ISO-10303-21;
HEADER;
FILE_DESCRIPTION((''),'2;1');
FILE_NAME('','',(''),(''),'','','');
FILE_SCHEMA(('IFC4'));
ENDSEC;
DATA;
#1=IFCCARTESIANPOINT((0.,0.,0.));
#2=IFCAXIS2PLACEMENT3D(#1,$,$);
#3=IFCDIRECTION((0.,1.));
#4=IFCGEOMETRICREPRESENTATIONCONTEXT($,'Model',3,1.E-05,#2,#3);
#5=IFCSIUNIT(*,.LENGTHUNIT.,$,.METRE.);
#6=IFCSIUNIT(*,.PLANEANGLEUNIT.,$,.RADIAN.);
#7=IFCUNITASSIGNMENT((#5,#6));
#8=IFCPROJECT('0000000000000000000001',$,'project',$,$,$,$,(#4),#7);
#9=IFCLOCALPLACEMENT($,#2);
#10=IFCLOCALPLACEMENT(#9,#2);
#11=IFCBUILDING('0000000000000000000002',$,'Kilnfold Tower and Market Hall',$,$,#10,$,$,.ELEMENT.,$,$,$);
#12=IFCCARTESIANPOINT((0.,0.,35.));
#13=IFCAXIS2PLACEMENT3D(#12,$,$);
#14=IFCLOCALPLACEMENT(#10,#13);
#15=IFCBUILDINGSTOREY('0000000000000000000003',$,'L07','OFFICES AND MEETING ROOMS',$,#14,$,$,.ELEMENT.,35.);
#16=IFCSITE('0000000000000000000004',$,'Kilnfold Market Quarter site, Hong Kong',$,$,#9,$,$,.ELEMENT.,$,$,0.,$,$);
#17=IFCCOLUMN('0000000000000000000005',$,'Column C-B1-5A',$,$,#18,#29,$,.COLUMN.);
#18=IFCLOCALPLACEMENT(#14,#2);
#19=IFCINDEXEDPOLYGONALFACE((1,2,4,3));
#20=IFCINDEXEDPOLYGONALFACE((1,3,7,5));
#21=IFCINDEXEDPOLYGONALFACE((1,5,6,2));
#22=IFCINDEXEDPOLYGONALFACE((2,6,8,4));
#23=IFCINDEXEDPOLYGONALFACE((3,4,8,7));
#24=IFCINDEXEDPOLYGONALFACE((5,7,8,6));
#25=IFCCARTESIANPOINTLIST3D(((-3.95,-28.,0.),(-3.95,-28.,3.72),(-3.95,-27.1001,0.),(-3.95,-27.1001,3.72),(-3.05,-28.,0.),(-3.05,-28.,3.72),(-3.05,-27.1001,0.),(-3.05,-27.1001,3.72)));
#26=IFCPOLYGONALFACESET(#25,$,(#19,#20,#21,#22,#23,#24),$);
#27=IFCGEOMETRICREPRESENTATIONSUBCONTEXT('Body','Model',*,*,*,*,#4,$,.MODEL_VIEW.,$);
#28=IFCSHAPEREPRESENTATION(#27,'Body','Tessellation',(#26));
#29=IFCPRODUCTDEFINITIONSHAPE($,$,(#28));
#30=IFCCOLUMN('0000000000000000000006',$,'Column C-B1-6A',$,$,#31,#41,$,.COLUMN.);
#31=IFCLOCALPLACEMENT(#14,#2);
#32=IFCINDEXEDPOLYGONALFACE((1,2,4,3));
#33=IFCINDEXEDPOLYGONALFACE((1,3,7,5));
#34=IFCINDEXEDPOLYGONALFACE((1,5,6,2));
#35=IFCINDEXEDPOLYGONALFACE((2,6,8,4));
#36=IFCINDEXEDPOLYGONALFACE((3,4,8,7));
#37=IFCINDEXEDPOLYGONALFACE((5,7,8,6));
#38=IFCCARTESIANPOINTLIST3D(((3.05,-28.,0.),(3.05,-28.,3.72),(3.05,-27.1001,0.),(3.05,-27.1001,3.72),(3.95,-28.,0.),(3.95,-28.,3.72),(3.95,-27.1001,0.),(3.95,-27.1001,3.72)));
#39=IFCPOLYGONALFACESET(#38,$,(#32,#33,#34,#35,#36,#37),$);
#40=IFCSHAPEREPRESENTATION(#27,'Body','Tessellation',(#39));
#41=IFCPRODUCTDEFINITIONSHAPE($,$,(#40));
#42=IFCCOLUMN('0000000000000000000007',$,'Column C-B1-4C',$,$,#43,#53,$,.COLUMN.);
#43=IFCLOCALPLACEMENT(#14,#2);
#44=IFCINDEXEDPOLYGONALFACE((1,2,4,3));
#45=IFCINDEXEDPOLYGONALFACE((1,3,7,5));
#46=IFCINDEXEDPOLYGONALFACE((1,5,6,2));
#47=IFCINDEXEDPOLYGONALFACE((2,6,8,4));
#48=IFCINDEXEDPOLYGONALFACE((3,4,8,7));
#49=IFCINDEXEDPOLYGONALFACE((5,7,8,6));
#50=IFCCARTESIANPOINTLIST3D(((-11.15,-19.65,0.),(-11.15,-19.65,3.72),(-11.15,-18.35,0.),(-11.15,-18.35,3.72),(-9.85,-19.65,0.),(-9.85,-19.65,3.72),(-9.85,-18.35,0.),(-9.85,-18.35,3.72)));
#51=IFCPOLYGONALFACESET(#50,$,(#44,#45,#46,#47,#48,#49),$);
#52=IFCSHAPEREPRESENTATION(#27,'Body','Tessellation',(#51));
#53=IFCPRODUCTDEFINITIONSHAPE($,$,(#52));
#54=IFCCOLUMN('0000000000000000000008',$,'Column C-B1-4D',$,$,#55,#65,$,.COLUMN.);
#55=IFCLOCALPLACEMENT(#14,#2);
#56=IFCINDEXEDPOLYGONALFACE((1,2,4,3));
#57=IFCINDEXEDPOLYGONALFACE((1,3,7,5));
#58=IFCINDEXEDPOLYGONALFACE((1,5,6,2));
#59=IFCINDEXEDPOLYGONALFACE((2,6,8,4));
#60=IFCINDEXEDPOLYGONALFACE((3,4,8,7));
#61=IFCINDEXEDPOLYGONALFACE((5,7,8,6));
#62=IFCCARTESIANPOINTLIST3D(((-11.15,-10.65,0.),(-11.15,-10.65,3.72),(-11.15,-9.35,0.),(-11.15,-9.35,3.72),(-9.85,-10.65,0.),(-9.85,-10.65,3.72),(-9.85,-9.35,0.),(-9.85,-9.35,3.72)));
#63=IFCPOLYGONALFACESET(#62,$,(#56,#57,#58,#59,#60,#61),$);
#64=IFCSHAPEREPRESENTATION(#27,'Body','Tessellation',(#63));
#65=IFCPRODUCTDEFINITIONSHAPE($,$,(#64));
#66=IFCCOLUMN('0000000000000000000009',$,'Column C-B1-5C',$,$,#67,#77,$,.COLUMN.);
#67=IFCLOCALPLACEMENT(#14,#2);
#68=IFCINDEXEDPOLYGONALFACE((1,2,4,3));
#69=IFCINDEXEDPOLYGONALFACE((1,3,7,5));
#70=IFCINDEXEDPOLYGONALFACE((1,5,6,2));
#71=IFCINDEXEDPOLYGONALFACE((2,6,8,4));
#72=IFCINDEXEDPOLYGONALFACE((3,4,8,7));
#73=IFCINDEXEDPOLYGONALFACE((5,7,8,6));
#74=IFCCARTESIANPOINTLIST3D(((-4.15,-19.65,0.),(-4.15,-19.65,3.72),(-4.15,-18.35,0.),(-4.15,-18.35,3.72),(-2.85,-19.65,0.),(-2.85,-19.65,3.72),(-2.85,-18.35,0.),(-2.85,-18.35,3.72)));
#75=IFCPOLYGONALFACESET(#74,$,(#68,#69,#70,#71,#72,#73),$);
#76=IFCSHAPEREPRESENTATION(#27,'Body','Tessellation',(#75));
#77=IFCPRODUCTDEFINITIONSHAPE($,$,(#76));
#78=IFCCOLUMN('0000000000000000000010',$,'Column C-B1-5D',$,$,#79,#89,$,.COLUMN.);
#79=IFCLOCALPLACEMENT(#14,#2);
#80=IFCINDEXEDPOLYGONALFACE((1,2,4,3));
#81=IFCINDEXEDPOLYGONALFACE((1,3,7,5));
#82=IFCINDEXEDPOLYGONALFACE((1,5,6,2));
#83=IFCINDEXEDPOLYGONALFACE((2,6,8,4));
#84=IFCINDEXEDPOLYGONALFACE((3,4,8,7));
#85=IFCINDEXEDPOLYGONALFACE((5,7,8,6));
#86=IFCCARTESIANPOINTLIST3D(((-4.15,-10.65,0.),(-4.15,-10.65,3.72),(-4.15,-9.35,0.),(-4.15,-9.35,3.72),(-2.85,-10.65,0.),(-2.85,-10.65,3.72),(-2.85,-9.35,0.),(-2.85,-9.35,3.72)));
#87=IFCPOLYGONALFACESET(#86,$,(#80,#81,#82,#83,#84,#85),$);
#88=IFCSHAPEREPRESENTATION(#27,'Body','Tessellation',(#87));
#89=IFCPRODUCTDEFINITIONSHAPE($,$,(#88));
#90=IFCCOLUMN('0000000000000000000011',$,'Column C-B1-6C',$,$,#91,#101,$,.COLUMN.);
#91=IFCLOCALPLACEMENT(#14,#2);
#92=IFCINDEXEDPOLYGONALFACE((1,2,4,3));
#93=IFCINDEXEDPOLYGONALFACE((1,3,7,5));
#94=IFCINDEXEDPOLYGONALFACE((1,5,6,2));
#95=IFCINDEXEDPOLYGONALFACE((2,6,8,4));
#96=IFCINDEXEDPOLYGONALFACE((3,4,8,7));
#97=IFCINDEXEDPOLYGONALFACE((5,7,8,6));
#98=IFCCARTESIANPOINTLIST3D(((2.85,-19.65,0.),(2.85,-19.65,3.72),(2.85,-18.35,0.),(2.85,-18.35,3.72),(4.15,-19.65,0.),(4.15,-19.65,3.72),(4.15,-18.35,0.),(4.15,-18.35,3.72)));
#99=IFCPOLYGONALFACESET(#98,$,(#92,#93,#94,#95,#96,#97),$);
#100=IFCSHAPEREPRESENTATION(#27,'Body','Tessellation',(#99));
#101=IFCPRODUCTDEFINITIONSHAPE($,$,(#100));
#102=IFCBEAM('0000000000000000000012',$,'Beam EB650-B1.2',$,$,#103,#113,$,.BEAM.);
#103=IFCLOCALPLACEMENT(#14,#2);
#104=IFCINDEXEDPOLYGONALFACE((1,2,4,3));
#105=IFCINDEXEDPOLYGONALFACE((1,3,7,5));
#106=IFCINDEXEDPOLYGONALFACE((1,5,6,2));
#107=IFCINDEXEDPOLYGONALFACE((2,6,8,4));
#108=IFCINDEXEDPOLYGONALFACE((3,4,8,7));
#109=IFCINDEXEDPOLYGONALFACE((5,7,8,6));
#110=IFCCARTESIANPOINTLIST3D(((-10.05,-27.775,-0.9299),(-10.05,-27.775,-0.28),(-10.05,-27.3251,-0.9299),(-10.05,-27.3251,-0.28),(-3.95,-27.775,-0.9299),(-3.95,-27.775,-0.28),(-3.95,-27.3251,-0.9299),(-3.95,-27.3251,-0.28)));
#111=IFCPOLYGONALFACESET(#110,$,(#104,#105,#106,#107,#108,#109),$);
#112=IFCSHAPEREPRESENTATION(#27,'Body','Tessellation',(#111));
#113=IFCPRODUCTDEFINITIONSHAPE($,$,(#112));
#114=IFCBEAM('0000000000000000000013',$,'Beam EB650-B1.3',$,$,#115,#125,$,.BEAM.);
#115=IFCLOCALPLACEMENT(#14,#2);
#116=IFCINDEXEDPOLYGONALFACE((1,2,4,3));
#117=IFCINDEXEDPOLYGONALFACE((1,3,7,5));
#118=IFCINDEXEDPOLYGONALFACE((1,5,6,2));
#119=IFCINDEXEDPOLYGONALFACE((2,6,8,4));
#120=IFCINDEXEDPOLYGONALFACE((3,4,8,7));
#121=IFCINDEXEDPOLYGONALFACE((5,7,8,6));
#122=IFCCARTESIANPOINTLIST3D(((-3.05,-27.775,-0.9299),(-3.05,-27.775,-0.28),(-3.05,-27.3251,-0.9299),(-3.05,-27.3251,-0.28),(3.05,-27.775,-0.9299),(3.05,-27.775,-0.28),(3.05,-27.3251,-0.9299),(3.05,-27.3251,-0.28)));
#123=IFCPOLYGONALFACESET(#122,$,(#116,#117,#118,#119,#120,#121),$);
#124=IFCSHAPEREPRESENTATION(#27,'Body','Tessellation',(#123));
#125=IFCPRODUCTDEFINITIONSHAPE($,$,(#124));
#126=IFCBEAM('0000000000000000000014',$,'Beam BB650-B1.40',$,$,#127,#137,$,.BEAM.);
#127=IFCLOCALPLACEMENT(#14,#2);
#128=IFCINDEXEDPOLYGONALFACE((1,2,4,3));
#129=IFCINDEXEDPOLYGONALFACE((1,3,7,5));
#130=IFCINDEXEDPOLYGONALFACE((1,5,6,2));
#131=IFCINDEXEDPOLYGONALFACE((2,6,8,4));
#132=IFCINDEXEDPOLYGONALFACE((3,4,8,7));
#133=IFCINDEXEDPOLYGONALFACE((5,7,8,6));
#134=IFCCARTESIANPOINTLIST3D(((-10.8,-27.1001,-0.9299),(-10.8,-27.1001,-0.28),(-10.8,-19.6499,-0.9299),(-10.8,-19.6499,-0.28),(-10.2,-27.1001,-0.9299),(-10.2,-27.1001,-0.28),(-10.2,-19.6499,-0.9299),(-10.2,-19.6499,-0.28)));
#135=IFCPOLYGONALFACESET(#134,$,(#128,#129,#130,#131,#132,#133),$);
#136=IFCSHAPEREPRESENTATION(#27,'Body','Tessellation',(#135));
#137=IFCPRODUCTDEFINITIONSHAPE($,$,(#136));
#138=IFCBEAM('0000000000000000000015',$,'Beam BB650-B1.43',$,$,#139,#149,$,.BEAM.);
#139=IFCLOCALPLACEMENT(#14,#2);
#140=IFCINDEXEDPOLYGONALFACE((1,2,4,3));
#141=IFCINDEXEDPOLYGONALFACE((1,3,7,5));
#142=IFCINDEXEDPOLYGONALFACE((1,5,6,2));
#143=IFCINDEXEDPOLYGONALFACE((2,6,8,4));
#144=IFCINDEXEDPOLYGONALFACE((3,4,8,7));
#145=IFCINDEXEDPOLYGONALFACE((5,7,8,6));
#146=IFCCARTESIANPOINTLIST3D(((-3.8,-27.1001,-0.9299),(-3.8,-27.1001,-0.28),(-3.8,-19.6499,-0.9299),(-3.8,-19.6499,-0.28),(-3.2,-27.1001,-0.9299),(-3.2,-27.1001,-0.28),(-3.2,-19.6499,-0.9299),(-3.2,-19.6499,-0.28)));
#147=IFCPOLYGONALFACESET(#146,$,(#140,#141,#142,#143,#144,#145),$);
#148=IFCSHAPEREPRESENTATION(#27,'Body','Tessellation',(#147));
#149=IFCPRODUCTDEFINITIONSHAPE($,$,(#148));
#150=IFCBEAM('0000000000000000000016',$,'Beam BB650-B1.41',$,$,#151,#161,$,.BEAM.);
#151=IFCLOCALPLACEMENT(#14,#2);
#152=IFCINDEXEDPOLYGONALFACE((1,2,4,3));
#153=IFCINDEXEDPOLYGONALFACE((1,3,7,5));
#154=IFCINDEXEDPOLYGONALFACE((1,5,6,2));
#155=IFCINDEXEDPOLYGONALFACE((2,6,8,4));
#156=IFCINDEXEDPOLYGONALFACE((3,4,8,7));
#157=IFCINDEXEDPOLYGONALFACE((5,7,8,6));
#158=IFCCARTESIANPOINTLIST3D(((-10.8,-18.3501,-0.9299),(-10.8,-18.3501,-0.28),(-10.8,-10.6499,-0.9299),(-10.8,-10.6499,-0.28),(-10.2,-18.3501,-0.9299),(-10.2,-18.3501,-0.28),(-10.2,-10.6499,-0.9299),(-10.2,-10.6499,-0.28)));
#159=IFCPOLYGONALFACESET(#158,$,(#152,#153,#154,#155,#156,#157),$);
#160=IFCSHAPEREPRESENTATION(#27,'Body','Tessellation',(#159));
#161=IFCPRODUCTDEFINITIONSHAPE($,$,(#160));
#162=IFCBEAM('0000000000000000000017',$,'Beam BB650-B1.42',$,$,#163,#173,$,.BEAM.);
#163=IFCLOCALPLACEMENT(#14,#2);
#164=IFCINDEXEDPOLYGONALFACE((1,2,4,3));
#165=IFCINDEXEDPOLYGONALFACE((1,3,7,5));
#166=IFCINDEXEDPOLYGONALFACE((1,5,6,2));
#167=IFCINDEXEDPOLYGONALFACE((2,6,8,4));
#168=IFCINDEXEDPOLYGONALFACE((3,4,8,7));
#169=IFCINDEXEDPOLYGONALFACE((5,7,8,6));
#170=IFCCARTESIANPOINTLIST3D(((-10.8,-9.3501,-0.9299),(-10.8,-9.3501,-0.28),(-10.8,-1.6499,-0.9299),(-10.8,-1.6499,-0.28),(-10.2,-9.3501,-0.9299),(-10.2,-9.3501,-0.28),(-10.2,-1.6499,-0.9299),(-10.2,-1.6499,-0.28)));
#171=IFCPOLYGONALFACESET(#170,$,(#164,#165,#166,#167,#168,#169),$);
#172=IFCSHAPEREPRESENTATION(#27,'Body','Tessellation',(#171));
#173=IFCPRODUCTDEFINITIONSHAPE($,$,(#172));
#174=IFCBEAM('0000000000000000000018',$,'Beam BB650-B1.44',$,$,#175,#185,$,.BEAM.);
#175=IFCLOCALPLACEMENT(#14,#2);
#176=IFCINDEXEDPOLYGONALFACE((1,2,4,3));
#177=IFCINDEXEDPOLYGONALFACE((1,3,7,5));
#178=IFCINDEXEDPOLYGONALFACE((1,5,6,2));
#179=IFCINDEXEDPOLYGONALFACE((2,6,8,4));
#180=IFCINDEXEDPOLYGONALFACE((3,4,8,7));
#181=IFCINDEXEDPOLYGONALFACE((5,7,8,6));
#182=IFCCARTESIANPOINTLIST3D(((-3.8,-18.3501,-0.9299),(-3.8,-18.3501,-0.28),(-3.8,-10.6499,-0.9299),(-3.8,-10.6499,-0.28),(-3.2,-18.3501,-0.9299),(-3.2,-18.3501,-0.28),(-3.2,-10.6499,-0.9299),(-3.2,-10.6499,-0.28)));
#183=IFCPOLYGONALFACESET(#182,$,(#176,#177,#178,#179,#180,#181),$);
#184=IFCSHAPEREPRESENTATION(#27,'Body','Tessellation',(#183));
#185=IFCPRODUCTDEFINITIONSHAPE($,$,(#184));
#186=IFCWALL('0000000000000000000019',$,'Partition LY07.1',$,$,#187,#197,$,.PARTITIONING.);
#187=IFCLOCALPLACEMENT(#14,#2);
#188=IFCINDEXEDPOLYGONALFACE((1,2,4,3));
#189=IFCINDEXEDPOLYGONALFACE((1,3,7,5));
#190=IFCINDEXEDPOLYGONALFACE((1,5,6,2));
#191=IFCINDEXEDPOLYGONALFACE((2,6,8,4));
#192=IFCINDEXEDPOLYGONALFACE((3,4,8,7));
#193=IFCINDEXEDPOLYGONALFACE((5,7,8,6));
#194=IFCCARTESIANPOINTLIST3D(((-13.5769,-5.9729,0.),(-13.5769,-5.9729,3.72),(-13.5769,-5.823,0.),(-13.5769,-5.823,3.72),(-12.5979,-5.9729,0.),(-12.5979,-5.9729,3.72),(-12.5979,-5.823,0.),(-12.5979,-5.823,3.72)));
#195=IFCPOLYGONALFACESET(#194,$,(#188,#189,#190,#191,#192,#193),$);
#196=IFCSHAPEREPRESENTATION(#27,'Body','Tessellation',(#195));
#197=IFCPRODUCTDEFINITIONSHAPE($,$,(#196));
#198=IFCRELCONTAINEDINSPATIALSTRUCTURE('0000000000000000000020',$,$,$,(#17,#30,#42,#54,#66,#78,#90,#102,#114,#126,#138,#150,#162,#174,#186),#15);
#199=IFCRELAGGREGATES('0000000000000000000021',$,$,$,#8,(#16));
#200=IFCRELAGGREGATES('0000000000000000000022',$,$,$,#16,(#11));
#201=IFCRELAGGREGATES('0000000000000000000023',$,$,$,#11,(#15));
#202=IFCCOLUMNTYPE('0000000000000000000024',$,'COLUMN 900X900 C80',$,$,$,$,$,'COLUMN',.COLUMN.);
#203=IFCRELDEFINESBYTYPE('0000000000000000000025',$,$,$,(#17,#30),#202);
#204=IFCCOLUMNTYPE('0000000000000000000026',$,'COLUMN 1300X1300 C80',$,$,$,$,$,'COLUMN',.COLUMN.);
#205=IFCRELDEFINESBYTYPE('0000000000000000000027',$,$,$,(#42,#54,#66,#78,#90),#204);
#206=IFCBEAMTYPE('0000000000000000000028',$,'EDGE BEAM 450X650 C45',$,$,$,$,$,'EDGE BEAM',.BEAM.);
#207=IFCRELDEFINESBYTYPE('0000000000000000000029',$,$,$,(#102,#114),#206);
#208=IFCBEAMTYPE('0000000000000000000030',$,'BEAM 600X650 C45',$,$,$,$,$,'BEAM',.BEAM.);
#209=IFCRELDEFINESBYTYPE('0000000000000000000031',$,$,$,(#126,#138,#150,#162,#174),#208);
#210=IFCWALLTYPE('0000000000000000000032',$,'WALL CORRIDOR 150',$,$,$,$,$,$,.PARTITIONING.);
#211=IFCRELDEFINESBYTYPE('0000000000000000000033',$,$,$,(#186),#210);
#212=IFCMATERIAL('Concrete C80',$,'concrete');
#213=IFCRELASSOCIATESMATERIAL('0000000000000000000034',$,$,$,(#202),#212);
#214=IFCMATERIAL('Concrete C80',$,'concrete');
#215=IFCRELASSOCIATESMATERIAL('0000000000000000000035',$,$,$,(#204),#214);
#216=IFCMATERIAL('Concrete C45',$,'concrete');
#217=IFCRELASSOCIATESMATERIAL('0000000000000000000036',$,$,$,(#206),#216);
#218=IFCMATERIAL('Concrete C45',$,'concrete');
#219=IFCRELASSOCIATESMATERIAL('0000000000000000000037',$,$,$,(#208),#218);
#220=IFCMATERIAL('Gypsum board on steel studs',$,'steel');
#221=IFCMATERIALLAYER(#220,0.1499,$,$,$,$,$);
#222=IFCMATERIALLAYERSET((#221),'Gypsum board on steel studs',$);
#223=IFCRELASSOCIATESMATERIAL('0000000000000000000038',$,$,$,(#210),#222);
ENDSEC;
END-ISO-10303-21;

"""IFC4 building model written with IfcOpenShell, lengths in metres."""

from ifc_helpers import new_model, si_unit, direction, frame, frame_2d, origin, origin_2d, place, context, subcontext, project, spatial, rectangle, extrude, source, transform, mapped, material, layer, layer_set, material_profile, profile_set, type_object, element, save


model = new_model("IFC4")

# Units and contexts
model_context = context("Model", 3, precision=1e-05, world=origin(), true_north=direction((0.0, 1.0)))
body_context = subcontext(model_context, "Body", "Model", "MODEL_VIEW")
ifc_project = project(units=[si_unit("LENGTHUNIT", "METRE"), si_unit("PLANEANGLEUNIT", "RADIAN")], contexts=[model_context])

# Site, building, storey
site_placement = place(None, origin())
site = spatial("IfcSite", under=ifc_project, at=site_placement, Name="Kilnfold Market Quarter site, Hong Kong", CompositionType="ELEMENT", RefElevation=0.0)
building_placement = place(site_placement, origin())
building = spatial("IfcBuilding", under=site, at=building_placement, Name="Kilnfold Tower and Market Hall", CompositionType="ELEMENT")
storey_placement = place(building_placement, frame((0.0, 0.0, 35.0)))
storey = spatial("IfcBuildingStorey", under=building, at=storey_placement, Name="L07", Description="OFFICES AND MEETING ROOMS", CompositionType="ELEMENT", Elevation=35.0)

# Columns
ifc_material_1 = material(Name="Concrete C80", Category="concrete")
ifc_material_profile_1 = material_profile(ifc_material_1, rectangle(XDim=0.8999, YDim=0.8999, at=origin_2d()), Name="RC 900x900")
ifc_profile_set_1 = profile_set([ifc_material_profile_1], Name="Concrete C80")
column_type_1 = type_object("IfcColumnType", Name="COLUMN 900X900 C80", ElementType="COLUMN", PredefinedType="COLUMN", material=ifc_profile_set_1)
shared_shape_1 = source(origin(), body_context, "Body", "SweptSolid", [
    extrude(rectangle(XDim=0.8999, YDim=0.8999, at=origin_2d()), origin(), (0.0, 0.0, 1.0), 3.72),
])
for number, where, z_axis, x_axis, name in (
    (1, (-3.5, -27.55, 0.0), (0.0, 0.0, 1.0), (1.0, 0.0, 0.0), "Column C-B1-5A"),
    (2, (3.5, -27.55, 0.0), (0.0, 0.0, 1.0), (1.0, 0.0, 0.0), "Column C-B1-6A"),
):
    element("IfcColumn", number, at=place(storey_placement, frame(where, z_axis=z_axis, x_axis=x_axis)), inside=storey, type_object=column_type_1, Name=name, PredefinedType="COLUMN", context=body_context, shape_type="MappedRepresentation", body=[
        mapped(shared_shape_1, transform((0.0, 0.0, 0.0))),
    ])
ifc_material_2 = material(Name="Concrete C80", Category="concrete")
ifc_material_profile_2 = material_profile(ifc_material_2, rectangle(XDim=1.3, YDim=1.3, at=origin_2d()), Name="RC 1300x1300")
ifc_profile_set_2 = profile_set([ifc_material_profile_2], Name="Concrete C80")
column_type_2 = type_object("IfcColumnType", Name="COLUMN 1300X1300 C80", ElementType="COLUMN", PredefinedType="COLUMN", material=ifc_profile_set_2)
shared_shape_2 = source(origin(), body_context, "Body", "SweptSolid", [
    extrude(rectangle(XDim=1.3, YDim=1.3, at=origin_2d()), origin(), (0.0, 0.0, 1.0), 3.72),
])
for number, where, z_axis, x_axis, name in (
    (3, (-10.5, -19.0, 0.0), (0.0, 0.0, 1.0), (1.0, 0.0, 0.0), "Column C-B1-4C"),
    (4, (-10.5, -10.0, 0.0), (0.0, 0.0, 1.0), (1.0, 0.0, 0.0), "Column C-B1-4D"),
    (5, (-3.5, -19.0, 0.0), (0.0, 0.0, 1.0), (1.0, 0.0, 0.0), "Column C-B1-5C"),
    (6, (-3.5, -10.0, 0.0), (0.0, 0.0, 1.0), (1.0, 0.0, 0.0), "Column C-B1-5D"),
    (7, (3.5, -19.0, 0.0), (0.0, 0.0, 1.0), (1.0, 0.0, 0.0), "Column C-B1-6C"),
):
    element("IfcColumn", number, at=place(storey_placement, frame(where, z_axis=z_axis, x_axis=x_axis)), inside=storey, type_object=column_type_2, Name=name, PredefinedType="COLUMN", context=body_context, shape_type="MappedRepresentation", body=[
        mapped(shared_shape_2, transform((0.0, 0.0, 0.0))),
    ])

# Beams
ifc_material_3 = material(Name="Concrete C45", Category="concrete")
ifc_material_profile_3 = material_profile(ifc_material_3, rectangle(XDim=0.45, YDim=0.6499, at=origin_2d()), Name="RC 450x650")
ifc_profile_set_3 = profile_set([ifc_material_profile_3], Name="Concrete C45")
beam_type_1 = type_object("IfcBeamType", Name="EDGE BEAM 450X650 C45", ElementType="EDGE BEAM", PredefinedType="BEAM", material=ifc_profile_set_3)
shared_shape_3 = source(origin(), body_context, "Body", "SweptSolid", [
    extrude(rectangle(XDim=0.45, YDim=0.6499, at=origin_2d()), origin(), (0.0, 0.0, 1.0), 6.1001),
])
for number, where, z_axis, x_axis, name in (
    (8, (-10.05, -27.55, -0.605), (1.0, 0.0, 0.0), (0.0, 1.0, 0.0), "Beam EB650-B1.2"),
    (9, (-3.05, -27.55, -0.605), (1.0, 0.0, 0.0), (0.0, 1.0, 0.0), "Beam EB650-B1.3"),
):
    element("IfcBeam", number, at=place(storey_placement, frame(where, z_axis=z_axis, x_axis=x_axis)), inside=storey, type_object=beam_type_1, Name=name, PredefinedType="BEAM", context=body_context, shape_type="MappedRepresentation", body=[
        mapped(shared_shape_3, transform((0.0, 0.0, 0.0))),
    ])
ifc_material_4 = material(Name="Concrete C45", Category="concrete")
ifc_material_profile_4 = material_profile(ifc_material_4, rectangle(XDim=0.6001, YDim=0.6499, at=origin_2d()), Name="RC 600x650")
ifc_profile_set_4 = profile_set([ifc_material_profile_4], Name="Concrete C45")
beam_type_2 = type_object("IfcBeamType", Name="BEAM 600X650 C45", ElementType="BEAM", PredefinedType="BEAM", material=ifc_profile_set_4)
shared_shape_4 = source(origin(), body_context, "Body", "SweptSolid", [
    extrude(rectangle(XDim=0.6001, YDim=0.6499, at=origin_2d()), origin(), (0.0, 0.0, 1.0), 7.4502),
])
for number, where, z_axis, x_axis, name in (
    (10, (-10.5, -27.1001, -0.605), (0.0, 1.0, 0.0), (-1.0, 0.0, 0.0), "Beam BB650-B1.40"),
    (11, (-3.5, -27.1001, -0.605), (0.0, 1.0, 0.0), (-1.0, 0.0, 0.0), "Beam BB650-B1.43"),
):
    element("IfcBeam", number, at=place(storey_placement, frame(where, z_axis=z_axis, x_axis=x_axis)), inside=storey, type_object=beam_type_2, Name=name, PredefinedType="BEAM", context=body_context, shape_type="MappedRepresentation", body=[
        mapped(shared_shape_4, transform((0.0, 0.0, 0.0))),
    ])
shared_shape_5 = source(origin(), body_context, "Body", "SweptSolid", [
    extrude(rectangle(XDim=0.6001, YDim=0.6499, at=origin_2d()), origin(), (0.0, 0.0, 1.0), 7.7002),
])
for number, where, z_axis, x_axis, name in (
    (12, (-10.5, -18.3501, -0.605), (0.0, 1.0, 0.0), (-1.0, 0.0, 0.0), "Beam BB650-B1.41"),
    (13, (-10.5, -9.3501, -0.605), (0.0, 1.0, 0.0), (-1.0, 0.0, 0.0), "Beam BB650-B1.42"),
    (14, (-3.5, -18.3501, -0.605), (0.0, 1.0, 0.0), (-1.0, 0.0, 0.0), "Beam BB650-B1.44"),
):
    element("IfcBeam", number, at=place(storey_placement, frame(where, z_axis=z_axis, x_axis=x_axis)), inside=storey, type_object=beam_type_2, Name=name, PredefinedType="BEAM", context=body_context, shape_type="MappedRepresentation", body=[
        mapped(shared_shape_5, transform((0.0, 0.0, 0.0))),
    ])

# Wall
ifc_material_5 = material(Name="Gypsum board on steel studs", Category="steel")
ifc_layer_1 = layer(ifc_material_5, 0.1499)
ifc_layer_set_1 = layer_set([ifc_layer_1], Name="Gypsum board on steel studs")
wall_type_1 = type_object("IfcWallType", Name="WALL CORRIDOR 150", PredefinedType="PARTITIONING", material=ifc_layer_set_1)
wall_1_placement = place(storey_placement, frame((-12.5979, -5.8979, 0.0), z_axis=(0.0, 0.0, 1.0), x_axis=(-1.0, 0.0, 0.0)))
element("IfcWall", 15, at=wall_1_placement, inside=storey, type_object=wall_type_1, Name="Partition LY07.1", PredefinedType="PARTITIONING", context=body_context, shape_type="SweptSolid", body=[
    extrude(rectangle(XDim=0.979, YDim=0.1499, at=frame_2d((0.4895, 0.0))), origin(), (0.0, 0.0, 1.0), 3.72),
])

save(model, "model.ifc")
